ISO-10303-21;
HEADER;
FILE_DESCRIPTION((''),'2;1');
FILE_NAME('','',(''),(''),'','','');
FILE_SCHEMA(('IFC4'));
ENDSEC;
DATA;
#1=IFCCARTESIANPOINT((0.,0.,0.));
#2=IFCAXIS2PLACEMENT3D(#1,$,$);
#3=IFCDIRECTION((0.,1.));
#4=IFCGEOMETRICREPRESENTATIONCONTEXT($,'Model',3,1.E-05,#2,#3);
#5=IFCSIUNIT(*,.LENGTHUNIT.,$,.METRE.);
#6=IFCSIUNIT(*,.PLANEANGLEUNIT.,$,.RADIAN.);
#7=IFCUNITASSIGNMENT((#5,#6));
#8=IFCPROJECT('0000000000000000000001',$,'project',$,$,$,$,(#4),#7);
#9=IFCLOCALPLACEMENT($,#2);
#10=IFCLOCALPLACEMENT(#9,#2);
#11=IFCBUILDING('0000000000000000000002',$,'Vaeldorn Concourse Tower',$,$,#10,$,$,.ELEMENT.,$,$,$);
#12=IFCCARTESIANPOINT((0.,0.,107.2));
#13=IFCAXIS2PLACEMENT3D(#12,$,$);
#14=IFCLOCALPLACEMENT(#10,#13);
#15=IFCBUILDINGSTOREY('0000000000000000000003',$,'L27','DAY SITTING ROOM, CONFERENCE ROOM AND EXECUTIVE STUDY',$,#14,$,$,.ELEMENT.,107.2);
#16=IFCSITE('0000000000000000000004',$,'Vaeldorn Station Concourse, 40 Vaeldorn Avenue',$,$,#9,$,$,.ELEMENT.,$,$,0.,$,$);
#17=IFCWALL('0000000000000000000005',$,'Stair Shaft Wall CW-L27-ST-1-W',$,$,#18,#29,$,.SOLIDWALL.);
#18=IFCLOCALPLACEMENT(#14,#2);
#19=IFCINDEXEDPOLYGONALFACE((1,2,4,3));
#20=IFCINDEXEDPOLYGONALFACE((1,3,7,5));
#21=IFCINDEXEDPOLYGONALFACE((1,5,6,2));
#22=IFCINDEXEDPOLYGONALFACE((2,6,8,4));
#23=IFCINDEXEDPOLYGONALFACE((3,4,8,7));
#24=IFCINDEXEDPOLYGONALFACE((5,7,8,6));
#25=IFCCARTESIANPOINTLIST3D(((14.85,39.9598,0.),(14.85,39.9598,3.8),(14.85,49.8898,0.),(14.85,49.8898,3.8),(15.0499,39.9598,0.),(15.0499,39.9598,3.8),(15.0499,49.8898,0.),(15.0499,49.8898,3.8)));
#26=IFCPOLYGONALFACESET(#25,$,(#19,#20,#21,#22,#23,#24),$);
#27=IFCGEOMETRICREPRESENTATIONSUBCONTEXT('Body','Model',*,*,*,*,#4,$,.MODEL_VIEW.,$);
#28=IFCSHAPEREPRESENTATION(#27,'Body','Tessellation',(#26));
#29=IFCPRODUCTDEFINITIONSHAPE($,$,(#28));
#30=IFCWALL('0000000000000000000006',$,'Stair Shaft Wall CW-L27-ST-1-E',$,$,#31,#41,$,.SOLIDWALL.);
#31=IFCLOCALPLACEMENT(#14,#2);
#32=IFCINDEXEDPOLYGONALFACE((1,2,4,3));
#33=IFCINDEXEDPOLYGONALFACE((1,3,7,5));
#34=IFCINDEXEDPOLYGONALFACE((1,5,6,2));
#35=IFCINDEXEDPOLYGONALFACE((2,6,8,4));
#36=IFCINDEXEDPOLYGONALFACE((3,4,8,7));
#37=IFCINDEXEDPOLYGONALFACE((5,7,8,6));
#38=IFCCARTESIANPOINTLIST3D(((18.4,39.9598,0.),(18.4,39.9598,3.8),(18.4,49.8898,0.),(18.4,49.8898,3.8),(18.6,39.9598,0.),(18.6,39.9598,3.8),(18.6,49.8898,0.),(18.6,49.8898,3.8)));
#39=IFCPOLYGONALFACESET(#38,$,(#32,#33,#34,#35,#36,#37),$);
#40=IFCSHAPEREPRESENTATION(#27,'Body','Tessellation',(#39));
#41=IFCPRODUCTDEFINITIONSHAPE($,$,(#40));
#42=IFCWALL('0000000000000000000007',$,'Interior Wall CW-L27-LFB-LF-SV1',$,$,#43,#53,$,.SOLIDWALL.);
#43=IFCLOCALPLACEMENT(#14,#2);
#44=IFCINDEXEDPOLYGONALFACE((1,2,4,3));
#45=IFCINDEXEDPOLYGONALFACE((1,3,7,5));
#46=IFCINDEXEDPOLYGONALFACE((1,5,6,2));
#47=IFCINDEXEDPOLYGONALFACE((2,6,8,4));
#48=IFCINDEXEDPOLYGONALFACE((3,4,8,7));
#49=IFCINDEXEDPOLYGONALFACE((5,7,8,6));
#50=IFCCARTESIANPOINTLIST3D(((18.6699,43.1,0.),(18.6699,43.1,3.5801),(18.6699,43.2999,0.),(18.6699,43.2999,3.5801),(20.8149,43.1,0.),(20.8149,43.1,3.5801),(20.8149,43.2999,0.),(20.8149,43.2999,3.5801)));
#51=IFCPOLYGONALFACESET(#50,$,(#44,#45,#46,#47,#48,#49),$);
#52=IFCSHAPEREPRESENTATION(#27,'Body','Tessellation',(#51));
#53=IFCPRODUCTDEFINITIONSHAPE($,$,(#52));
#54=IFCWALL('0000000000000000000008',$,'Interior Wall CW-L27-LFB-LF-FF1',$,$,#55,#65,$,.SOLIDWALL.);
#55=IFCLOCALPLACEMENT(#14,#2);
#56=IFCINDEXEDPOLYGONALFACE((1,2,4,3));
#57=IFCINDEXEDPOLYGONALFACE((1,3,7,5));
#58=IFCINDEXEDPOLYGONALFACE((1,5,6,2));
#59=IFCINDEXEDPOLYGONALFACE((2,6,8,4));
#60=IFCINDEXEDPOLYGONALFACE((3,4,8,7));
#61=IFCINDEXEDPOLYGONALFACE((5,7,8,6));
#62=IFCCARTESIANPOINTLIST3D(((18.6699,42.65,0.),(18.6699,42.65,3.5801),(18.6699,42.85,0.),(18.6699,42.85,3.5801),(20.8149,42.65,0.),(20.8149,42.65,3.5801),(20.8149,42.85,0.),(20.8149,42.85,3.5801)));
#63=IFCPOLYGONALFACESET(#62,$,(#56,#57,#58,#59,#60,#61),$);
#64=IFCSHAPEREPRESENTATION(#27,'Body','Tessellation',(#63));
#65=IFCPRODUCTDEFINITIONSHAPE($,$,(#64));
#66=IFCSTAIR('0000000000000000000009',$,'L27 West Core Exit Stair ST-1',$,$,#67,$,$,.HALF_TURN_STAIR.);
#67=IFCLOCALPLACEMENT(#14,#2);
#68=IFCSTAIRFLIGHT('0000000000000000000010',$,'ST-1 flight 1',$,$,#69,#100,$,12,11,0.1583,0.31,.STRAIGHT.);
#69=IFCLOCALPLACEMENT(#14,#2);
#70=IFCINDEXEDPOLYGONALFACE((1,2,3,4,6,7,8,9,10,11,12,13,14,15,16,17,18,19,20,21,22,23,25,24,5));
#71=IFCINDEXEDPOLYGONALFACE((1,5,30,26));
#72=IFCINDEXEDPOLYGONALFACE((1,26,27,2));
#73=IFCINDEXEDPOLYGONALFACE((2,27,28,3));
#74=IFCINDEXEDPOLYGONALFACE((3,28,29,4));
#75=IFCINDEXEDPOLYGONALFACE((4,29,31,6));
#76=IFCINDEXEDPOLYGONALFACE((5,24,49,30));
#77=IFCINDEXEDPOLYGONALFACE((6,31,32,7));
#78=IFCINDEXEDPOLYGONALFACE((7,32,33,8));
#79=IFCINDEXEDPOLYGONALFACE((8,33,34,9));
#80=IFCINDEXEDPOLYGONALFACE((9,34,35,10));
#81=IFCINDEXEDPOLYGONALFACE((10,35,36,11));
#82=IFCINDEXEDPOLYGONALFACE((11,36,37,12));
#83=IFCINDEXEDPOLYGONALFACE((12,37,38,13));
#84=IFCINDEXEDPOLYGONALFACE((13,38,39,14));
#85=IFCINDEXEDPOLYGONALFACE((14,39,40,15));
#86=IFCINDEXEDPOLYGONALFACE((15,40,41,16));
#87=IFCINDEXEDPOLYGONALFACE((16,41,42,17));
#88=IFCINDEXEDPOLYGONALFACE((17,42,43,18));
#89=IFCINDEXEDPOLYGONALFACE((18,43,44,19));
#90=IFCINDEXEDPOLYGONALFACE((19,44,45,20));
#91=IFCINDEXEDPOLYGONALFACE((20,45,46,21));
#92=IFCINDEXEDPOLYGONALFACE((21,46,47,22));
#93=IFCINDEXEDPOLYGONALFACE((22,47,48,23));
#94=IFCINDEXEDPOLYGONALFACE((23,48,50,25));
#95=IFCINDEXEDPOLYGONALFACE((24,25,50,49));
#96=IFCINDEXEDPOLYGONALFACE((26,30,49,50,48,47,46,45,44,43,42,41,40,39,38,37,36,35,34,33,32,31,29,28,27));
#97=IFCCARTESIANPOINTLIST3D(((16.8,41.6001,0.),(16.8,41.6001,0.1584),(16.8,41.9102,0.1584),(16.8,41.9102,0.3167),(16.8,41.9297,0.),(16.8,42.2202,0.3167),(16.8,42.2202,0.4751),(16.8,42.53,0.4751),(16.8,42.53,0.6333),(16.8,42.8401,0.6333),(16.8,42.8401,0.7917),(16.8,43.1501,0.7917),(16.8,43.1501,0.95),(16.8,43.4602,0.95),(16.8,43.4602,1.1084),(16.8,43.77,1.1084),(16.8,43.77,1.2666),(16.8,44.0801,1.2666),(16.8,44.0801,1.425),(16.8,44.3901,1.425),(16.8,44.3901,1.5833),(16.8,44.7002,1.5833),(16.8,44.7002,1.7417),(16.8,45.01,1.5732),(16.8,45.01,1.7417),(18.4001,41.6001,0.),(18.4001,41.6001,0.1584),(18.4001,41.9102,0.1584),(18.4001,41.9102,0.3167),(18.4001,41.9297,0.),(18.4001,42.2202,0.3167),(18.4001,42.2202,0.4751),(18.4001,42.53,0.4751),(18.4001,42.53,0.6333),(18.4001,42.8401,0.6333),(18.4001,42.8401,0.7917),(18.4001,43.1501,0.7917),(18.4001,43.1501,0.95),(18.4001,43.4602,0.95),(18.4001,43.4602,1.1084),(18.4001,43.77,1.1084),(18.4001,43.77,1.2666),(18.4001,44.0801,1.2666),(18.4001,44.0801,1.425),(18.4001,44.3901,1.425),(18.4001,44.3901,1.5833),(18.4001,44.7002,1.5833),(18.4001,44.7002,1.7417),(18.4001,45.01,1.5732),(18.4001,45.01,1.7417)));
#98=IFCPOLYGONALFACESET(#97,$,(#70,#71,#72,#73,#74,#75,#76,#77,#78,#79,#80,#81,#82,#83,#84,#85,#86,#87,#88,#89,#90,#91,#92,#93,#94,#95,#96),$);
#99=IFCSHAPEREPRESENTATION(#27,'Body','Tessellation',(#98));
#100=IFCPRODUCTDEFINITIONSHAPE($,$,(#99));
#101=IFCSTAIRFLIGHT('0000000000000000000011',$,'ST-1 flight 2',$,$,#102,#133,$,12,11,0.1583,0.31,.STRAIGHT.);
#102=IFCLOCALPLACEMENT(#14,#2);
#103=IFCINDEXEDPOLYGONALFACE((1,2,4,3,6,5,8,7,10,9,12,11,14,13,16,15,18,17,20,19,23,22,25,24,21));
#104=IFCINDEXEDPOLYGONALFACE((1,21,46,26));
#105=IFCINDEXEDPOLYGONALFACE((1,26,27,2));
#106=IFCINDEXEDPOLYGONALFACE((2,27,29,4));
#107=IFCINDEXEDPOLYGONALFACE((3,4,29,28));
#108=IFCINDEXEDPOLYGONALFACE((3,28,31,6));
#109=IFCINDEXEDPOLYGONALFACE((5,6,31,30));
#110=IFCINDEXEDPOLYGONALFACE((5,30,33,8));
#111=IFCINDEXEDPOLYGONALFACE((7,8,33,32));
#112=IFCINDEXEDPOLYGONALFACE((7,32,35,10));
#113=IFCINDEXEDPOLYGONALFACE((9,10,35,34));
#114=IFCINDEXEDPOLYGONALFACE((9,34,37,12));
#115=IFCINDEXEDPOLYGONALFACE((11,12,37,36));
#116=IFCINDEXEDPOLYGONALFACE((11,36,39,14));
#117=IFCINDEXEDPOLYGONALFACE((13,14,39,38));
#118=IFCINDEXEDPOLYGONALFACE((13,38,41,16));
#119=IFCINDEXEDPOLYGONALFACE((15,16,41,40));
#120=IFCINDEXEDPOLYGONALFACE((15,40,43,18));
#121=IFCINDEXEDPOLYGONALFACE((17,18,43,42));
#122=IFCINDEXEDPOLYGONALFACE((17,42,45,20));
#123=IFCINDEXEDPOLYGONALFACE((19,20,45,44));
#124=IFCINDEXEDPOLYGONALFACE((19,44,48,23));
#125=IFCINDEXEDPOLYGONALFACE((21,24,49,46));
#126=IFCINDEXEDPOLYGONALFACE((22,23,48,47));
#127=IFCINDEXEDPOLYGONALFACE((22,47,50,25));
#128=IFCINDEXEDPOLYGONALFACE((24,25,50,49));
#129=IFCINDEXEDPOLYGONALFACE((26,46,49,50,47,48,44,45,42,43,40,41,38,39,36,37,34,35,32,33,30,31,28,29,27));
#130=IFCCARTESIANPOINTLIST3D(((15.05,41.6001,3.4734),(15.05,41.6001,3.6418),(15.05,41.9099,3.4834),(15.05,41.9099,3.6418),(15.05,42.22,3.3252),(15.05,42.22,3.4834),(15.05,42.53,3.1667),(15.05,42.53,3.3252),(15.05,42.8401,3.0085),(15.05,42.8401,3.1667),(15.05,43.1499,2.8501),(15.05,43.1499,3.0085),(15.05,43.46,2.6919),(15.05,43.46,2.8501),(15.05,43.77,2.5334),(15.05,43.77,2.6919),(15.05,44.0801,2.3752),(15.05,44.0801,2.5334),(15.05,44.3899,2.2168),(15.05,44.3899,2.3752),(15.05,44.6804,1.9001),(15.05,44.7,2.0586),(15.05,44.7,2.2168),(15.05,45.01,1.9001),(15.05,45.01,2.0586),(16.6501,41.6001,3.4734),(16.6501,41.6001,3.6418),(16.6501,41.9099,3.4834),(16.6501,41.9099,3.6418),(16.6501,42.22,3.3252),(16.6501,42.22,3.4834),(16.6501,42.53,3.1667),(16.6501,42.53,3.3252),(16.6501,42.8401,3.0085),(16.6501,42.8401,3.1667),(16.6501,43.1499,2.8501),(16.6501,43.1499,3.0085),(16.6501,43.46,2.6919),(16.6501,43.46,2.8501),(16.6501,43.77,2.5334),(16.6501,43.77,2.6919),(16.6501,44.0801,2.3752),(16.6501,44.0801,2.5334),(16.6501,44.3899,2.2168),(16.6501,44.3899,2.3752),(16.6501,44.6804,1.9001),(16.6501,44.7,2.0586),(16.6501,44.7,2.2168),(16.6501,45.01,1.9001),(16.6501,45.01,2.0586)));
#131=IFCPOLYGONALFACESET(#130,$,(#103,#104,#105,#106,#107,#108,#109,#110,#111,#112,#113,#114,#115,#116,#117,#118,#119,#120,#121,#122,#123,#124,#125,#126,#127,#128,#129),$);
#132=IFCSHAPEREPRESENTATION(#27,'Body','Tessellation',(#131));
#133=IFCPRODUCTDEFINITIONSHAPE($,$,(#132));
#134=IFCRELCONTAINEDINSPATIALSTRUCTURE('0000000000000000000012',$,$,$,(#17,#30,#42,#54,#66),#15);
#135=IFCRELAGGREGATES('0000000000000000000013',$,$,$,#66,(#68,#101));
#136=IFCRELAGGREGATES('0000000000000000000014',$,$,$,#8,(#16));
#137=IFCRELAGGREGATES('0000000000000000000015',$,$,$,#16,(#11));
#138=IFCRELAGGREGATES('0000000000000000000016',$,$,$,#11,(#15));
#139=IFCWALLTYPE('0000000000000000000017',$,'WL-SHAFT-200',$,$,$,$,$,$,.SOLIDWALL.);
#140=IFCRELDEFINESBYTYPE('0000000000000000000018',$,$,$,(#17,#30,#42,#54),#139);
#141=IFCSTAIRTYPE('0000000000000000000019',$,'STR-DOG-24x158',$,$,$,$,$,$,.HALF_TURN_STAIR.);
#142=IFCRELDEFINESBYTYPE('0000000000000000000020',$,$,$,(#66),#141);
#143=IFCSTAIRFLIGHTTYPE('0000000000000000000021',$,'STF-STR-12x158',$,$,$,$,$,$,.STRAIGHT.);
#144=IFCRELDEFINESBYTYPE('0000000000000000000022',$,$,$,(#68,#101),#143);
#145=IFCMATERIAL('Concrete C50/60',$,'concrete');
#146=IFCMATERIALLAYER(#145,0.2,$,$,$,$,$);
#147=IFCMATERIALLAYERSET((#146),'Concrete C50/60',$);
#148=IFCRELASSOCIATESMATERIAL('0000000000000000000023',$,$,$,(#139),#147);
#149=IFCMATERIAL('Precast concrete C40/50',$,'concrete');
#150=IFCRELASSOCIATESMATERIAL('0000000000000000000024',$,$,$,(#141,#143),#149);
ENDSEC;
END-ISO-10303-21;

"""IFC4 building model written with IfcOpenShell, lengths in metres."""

from ifc_helpers import new_model, si_unit, direction, frame, frame_2d, origin, place, context, subcontext, project, spatial, polyline, rectangle, outline, extrude, material, layer, layer_set, type_object, element, aggregate, save


model = new_model("IFC4")

# Units and contexts
model_context = context("Model", 3, precision=1e-05, world=origin(), true_north=direction((0.0, 1.0)))
body_context = subcontext(model_context, "Body", "Model", "MODEL_VIEW")
ifc_project = project(units=[si_unit("LENGTHUNIT", "METRE"), si_unit("PLANEANGLEUNIT", "RADIAN")], contexts=[model_context])

# Site, building, storey
site_placement = place(None, origin())
site = spatial("IfcSite", under=ifc_project, at=site_placement, Name="Vaeldorn Station Concourse, 40 Vaeldorn Avenue", CompositionType="ELEMENT", RefElevation=0.0)
building_placement = place(site_placement, origin())
building = spatial("IfcBuilding", under=site, at=building_placement, Name="Vaeldorn Concourse Tower", CompositionType="ELEMENT")
storey_placement = place(building_placement, frame((0.0, 0.0, 107.2)))
storey = spatial("IfcBuildingStorey", under=building, at=storey_placement, Name="L27", Description="DAY SITTING ROOM, CONFERENCE ROOM AND EXECUTIVE STUDY", CompositionType="ELEMENT", Elevation=107.2)

# Walls
ifc_material_1 = material(Name="Concrete C50/60", Category="concrete")
ifc_layer_1 = layer(ifc_material_1, 0.2)
ifc_layer_set_1 = layer_set([ifc_layer_1], Name="Concrete C50/60")
wall_type_1 = type_object("IfcWallType", Name="WL-SHAFT-200", PredefinedType="SOLIDWALL", material=ifc_layer_set_1)
for number, where, z_axis, x_axis, name in (
    (1, (14.95, 39.96, 0.0), (0.0, 0.0, 1.0), (0.0, 1.0, 0.0), "Stair Shaft Wall CW-L27-ST-1-W"),
    (2, (18.5, 39.96, 0.0), (0.0, 0.0, 1.0), (0.0, 1.0, 0.0), "Stair Shaft Wall CW-L27-ST-1-E"),
):
    element("IfcWall", number, at=place(storey_placement, frame(where, z_axis=z_axis, x_axis=x_axis)), inside=storey, type_object=wall_type_1, Name=name, PredefinedType="SOLIDWALL", context=body_context, shape_type="SweptSolid", body=[
        extrude(rectangle(XDim=9.9299, YDim=0.2, at=frame_2d((4.9648, 0.0))), origin(), (0.0, 0.0, 1.0), 3.8),
    ])

# Walls
for number, where, z_axis, x_axis, name in (
    (3, (18.6699, 43.2, 0.0), (0.0, 0.0, 1.0), (1.0, 0.0, 0.0), "Interior Wall CW-L27-LFB-LF-SV1"),
    (4, (18.6699, 42.75, 0.0), (0.0, 0.0, 1.0), (1.0, 0.0, 0.0), "Interior Wall CW-L27-LFB-LF-FF1"),
):
    element("IfcWall", number, at=place(storey_placement, frame(where, z_axis=z_axis, x_axis=x_axis)), inside=storey, type_object=wall_type_1, Name=name, PredefinedType="SOLIDWALL", context=body_context, shape_type="SweptSolid", body=[
        extrude(rectangle(XDim=2.145, YDim=0.2, at=frame_2d((1.0725, 0.0))), origin(), (0.0, 0.0, 1.0), 3.5801),
    ])

# Stair, stair flights
ifc_material_2 = material(Name="Precast concrete C40/50", Category="concrete")
stair_type = type_object("IfcStairType", Name="STR-DOG-24x158", PredefinedType="HALF_TURN_STAIR", material=ifc_material_2)
stair_placement = place(storey_placement, origin())
stair = element("IfcStair", 5, at=stair_placement, inside=storey, type_object=stair_type, Name="L27 West Core Exit Stair ST-1", PredefinedType="HALF_TURN_STAIR")
stair_flight_type = type_object("IfcStairFlightType", Name="STF-STR-12x158", PredefinedType="STRAIGHT", material=ifc_material_2)
stair_flight_1_placement = place(storey_placement, frame((17.6001, 41.6001, 0.0), z_axis=(0.0, 0.0, 1.0), x_axis=(0.0, 1.0, 0.0)))
stair_flight_1 = element("IfcStairFlight", 6, at=stair_flight_1_placement, type_object=stair_flight_type, Name="ST-1 flight 1", NumberOfRisers=12, NumberOfTreads=11, PredefinedType="STRAIGHT", RiserHeight=0.1583, TreadLength=0.31, context=body_context, shape_type="SweptSolid", body=[
    extrude(outline(polyline([(0.0, 0.0), (0.0, 0.1584), (0.3101, 0.1584), (0.3101, 0.3167), (0.6201, 0.3167), (0.6201, 0.4751), (0.9299, 0.4751), (0.9299, 0.6333), (1.24, 0.6333), (1.24, 0.7917), (1.55, 0.7917), (1.55, 0.95), (1.8601, 0.95), (1.8601, 1.1084), (2.1699, 1.1084), (2.1699, 1.2666), (2.48, 1.2666), (2.48, 1.425), (2.79, 1.425), (2.79, 1.5833), (3.1001, 1.5833), (3.1001, 1.7417), (3.4099, 1.7417), (3.4099, 1.8999), (3.4099, 1.5732), (0.3296, 0.0), (0.0, 0.0)])), frame((0.0, 0.8, 0.0), z_axis=(0.0, -1.0, 0.0), x_axis=(1.0, 0.0, 0.0)), (0.0, 0.0, 1.0), 1.6001),
])
stair_flight_2_placement = place(storey_placement, frame((15.8501, 45.01, 1.9001), z_axis=(0.0, 0.0, 1.0), x_axis=(0.0, -1.0, 0.0)))
stair_flight_2 = element("IfcStairFlight", 7, at=stair_flight_2_placement, type_object=stair_flight_type, Name="ST-1 flight 2", NumberOfRisers=12, NumberOfTreads=11, PredefinedType="STRAIGHT", RiserHeight=0.1583, TreadLength=0.31, context=body_context, shape_type="SweptSolid", body=[
    extrude(outline(polyline([(0.0, 0.0), (0.0, 0.1584), (0.3101, 0.1584), (0.3101, 0.3167), (0.6201, 0.3167), (0.6201, 0.4751), (0.9299, 0.4751), (0.9299, 0.6333), (1.24, 0.6333), (1.24, 0.7917), (1.55, 0.7917), (1.55, 0.95), (1.8601, 0.95), (1.8601, 1.1084), (2.1699, 1.1084), (2.1699, 1.2666), (2.48, 1.2666), (2.48, 1.425), (2.79, 1.425), (2.79, 1.5833), (3.1001, 1.5833), (3.1001, 1.7417), (3.4099, 1.7417), (3.4099, 1.8999), (3.4099, 1.5732), (0.3296, 0.0), (0.0, 0.0)])), frame((0.0, 0.8, 0.0), z_axis=(0.0, -1.0, 0.0), x_axis=(1.0, 0.0, 0.0)), (0.0, 0.0, 1.0), 1.6001),
])
aggregate(stair, [stair_flight_1, stair_flight_2])

save(model, "model.ifc")
